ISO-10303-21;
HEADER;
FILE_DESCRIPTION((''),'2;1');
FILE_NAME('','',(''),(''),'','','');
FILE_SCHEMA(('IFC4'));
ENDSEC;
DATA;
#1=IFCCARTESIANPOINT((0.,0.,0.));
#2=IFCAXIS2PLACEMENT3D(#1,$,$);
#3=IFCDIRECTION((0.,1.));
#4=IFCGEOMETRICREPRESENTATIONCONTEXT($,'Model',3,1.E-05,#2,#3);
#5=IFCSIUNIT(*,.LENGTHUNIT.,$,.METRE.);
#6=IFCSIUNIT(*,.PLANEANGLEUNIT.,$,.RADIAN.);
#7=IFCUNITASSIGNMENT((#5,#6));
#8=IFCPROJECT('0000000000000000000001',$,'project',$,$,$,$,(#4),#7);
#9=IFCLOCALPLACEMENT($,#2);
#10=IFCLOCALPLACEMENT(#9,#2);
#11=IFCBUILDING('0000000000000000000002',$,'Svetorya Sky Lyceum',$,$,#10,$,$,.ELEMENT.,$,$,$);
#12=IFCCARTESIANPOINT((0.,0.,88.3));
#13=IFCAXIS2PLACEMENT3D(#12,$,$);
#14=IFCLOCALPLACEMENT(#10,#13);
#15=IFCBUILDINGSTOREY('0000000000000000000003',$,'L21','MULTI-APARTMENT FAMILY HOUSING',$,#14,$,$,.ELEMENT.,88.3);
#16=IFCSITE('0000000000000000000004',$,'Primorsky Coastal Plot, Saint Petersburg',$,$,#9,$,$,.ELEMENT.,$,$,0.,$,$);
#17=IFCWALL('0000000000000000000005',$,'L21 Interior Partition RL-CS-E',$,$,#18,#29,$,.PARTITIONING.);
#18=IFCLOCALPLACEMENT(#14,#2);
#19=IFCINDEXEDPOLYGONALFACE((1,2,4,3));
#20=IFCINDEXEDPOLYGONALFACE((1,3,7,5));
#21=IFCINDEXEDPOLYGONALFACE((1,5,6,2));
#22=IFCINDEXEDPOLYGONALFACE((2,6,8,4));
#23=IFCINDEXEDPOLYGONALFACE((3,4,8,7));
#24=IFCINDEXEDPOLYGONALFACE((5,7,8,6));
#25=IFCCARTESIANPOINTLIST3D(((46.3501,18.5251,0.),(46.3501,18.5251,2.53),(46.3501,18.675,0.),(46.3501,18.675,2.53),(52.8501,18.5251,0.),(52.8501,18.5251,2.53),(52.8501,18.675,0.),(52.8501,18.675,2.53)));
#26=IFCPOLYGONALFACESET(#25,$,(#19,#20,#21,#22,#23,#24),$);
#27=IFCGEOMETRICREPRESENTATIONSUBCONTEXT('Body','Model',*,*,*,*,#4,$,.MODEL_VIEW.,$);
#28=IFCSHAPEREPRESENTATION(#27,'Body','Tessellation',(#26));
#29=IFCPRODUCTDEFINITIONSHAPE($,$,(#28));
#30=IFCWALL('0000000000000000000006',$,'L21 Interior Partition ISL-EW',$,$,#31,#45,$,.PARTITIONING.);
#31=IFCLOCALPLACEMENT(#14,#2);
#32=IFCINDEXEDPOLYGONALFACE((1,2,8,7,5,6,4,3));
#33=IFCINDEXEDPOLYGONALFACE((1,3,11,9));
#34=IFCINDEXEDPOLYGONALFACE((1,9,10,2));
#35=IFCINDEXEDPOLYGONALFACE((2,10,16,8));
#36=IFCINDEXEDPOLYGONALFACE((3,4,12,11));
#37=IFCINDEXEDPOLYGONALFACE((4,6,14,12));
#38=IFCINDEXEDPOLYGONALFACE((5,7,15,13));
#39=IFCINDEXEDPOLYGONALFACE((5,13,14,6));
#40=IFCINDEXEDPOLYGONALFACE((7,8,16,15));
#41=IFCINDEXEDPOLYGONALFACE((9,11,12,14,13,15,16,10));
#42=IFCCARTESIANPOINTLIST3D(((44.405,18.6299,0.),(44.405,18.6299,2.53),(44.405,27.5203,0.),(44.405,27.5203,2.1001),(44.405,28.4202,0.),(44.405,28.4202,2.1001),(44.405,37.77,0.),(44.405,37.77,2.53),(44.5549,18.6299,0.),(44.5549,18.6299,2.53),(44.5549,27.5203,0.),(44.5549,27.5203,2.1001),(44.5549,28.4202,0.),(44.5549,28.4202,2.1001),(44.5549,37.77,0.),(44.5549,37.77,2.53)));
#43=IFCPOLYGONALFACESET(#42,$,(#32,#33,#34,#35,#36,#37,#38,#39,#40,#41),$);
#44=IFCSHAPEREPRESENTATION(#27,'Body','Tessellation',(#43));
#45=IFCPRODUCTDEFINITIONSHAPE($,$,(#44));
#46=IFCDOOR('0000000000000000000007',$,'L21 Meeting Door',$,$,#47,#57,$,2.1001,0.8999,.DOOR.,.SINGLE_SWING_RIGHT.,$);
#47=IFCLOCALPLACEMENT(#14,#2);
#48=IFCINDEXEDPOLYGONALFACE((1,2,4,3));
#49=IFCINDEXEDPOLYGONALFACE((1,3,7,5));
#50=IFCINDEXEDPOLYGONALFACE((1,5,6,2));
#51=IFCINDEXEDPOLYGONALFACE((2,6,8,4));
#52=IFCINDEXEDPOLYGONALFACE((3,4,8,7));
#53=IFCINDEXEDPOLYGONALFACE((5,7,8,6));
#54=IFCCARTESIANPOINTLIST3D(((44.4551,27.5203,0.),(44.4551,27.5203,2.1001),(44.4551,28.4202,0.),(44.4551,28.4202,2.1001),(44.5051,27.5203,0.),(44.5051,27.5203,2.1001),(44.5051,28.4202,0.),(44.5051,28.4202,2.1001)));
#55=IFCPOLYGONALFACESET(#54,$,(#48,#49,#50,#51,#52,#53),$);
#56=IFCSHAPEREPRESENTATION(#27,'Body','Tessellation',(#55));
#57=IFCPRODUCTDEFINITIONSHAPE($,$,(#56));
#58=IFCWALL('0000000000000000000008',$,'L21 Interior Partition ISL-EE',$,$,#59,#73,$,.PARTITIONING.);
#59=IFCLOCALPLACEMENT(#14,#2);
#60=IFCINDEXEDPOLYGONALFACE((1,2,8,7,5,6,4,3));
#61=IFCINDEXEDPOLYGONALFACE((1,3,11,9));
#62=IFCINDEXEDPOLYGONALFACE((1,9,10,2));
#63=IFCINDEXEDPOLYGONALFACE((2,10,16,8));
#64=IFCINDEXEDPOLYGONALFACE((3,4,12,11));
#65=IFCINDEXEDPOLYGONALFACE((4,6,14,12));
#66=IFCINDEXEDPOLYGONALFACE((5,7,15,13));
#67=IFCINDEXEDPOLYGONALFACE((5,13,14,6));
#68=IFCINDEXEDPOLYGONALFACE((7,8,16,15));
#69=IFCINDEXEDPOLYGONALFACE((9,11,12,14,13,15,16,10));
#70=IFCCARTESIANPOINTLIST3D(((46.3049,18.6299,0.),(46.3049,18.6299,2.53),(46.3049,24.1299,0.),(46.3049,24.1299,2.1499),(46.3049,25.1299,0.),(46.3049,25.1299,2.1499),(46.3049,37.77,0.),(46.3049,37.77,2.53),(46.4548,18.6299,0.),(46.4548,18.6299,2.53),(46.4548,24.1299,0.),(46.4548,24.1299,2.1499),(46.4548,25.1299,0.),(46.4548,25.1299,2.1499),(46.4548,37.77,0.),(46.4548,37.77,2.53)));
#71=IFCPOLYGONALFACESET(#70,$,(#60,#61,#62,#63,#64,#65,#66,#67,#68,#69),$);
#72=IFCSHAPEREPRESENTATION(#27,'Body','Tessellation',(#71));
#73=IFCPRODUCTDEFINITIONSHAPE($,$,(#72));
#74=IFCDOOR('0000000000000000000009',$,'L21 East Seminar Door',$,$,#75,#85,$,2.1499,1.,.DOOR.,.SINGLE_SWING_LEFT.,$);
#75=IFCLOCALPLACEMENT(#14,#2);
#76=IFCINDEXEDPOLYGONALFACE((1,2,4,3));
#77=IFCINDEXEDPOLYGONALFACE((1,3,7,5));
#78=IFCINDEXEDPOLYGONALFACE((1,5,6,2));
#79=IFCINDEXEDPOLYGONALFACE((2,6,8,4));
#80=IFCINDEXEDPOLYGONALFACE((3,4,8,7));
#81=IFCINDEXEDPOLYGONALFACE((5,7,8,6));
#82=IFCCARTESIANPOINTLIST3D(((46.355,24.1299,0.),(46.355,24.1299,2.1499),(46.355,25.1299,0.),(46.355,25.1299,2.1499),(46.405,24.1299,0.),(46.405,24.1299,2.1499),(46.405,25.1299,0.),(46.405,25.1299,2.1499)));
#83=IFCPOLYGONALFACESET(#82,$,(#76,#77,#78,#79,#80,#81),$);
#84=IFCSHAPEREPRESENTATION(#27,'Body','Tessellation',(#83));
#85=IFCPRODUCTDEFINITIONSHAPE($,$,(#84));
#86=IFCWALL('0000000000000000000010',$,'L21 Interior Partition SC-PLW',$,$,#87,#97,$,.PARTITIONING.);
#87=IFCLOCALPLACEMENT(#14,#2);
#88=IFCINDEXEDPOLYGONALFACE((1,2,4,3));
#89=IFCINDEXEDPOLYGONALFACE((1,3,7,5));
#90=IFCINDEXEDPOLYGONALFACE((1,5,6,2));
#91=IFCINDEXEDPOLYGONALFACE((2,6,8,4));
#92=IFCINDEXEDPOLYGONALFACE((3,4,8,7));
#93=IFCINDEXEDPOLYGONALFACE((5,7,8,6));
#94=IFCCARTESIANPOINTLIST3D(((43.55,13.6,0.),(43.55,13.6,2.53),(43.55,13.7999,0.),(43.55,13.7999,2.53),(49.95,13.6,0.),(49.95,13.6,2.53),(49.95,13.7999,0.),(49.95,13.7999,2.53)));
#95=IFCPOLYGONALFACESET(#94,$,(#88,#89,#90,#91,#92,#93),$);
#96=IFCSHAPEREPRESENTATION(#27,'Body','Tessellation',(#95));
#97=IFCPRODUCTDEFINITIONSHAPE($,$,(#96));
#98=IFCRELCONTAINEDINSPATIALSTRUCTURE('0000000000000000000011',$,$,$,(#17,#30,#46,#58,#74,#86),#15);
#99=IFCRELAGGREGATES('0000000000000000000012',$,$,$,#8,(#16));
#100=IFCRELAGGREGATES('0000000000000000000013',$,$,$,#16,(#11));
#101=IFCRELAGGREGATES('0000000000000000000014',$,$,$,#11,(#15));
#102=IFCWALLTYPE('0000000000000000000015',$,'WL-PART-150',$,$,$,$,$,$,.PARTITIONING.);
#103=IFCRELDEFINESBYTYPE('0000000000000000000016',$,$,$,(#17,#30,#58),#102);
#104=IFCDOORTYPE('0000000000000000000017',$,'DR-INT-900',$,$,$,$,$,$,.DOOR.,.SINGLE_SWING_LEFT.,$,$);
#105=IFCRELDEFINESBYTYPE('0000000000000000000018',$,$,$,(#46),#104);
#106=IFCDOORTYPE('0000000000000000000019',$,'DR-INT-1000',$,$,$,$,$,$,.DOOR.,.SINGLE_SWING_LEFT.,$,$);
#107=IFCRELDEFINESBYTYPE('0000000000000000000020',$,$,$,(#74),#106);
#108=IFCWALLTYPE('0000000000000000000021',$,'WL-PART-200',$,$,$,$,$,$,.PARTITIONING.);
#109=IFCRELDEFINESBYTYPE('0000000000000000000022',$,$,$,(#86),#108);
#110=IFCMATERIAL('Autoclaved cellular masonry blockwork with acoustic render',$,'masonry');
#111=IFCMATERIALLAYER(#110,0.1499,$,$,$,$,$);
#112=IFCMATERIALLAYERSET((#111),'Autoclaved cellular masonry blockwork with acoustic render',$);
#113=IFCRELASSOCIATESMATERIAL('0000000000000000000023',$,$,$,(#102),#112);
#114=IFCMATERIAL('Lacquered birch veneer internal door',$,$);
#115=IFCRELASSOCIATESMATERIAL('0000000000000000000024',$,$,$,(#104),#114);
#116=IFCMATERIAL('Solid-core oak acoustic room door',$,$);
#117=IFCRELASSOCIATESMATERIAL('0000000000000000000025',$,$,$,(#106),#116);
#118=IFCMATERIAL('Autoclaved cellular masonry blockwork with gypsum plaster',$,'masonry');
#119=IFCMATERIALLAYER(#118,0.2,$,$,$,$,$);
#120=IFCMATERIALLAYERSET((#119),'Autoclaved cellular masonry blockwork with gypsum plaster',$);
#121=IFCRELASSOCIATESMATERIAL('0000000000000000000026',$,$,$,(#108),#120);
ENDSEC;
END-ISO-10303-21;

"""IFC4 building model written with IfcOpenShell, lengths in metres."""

from ifc_helpers import new_model, si_unit, direction, frame, frame_2d, origin, place, context, subcontext, project, spatial, rectangle, extrude, material, layer, layer_set, type_object, element, fill, save


model = new_model("IFC4")

# Units and contexts
model_context = context("Model", 3, precision=1e-05, world=origin(), true_north=direction((0.0, 1.0)))
body_context = subcontext(model_context, "Body", "Model", "MODEL_VIEW")
ifc_project = project(units=[si_unit("LENGTHUNIT", "METRE"), si_unit("PLANEANGLEUNIT", "RADIAN")], contexts=[model_context])

# Site, building, storey
site_placement = place(None, origin())
site = spatial("IfcSite", under=ifc_project, at=site_placement, Name="Primorsky Coastal Plot, Saint Petersburg", CompositionType="ELEMENT", RefElevation=0.0)
building_placement = place(site_placement, origin())
building = spatial("IfcBuilding", under=site, at=building_placement, Name="Svetorya Sky Lyceum", CompositionType="ELEMENT")
storey_placement = place(building_placement, frame((0.0, 0.0, 88.3)))
storey = spatial("IfcBuildingStorey", under=building, at=storey_placement, Name="L21", Description="MULTI-APARTMENT FAMILY HOUSING", CompositionType="ELEMENT", Elevation=88.3)

# Wall
ifc_material_1 = material(Name="Autoclaved cellular masonry blockwork with acoustic render", Category="masonry")
ifc_layer_1 = layer(ifc_material_1, 0.1499)
ifc_layer_set_1 = layer_set([ifc_layer_1], Name="Autoclaved cellular masonry blockwork with acoustic render")
wall_type_1 = type_object("IfcWallType", Name="WL-PART-150", PredefinedType="PARTITIONING", material=ifc_layer_set_1)
wall_1_placement = place(storey_placement, frame((46.3501, 18.6001, 0.0), z_axis=(0.0, 0.0, 1.0), x_axis=(1.0, 0.0, 0.0)))
element("IfcWall", 1, at=wall_1_placement, inside=storey, type_object=wall_type_1, Name="L21 Interior Partition RL-CS-E", PredefinedType="PARTITIONING", context=body_context, shape_type="SweptSolid", body=[
    extrude(rectangle(XDim=6.5, YDim=0.1499, at=frame_2d((3.25, 0.0))), origin(), (0.0, 0.0, 1.0), 2.53),
])

# Walls, openings, doors
wall_2_placement = place(storey_placement, frame((44.48, 18.6299, 0.0), z_axis=(0.0, 0.0, 1.0), x_axis=(0.0, 1.0, 0.0)))
wall_2 = element("IfcWall", 2, at=wall_2_placement, inside=storey, type_object=wall_type_1, Name="L21 Interior Partition ISL-EW", PredefinedType="PARTITIONING", context=body_context, shape_type="SweptSolid", body=[
    extrude(rectangle(XDim=19.1401, YDim=0.1499, at=frame_2d((9.5701, 0.0))), origin(), (0.0, 0.0, 1.0), 2.53),
])
opening_1_placement = place(wall_2_placement, frame((8.8904, 0.0, 0.0)))
opening_1 = element("IfcOpeningElement", 3, at=opening_1_placement, cuts=wall_2, PredefinedType="OPENING", context=body_context, shape_type="SweptSolid", body=[
    extrude(rectangle(XDim=0.8999, YDim=2.1001, at=frame_2d((0.45, 1.05))), frame((0.0, 0.085, 0.0), z_axis=(0.0, -1.0, 0.0), x_axis=(1.0, 0.0, 0.0)), (0.0, 0.0, 1.0), 0.1699),
])
ifc_material_2 = material(Name="Lacquered birch veneer internal door")
door_type_1 = type_object("IfcDoorType", Name="DR-INT-900", OperationType="SINGLE_SWING_LEFT", PredefinedType="DOOR", material=ifc_material_2)
door_1_placement = place(opening_1_placement, origin())
door_1 = element("IfcDoor", 4, at=door_1_placement, inside=storey, type_object=door_type_1, Name="L21 Meeting Door", OperationType="SINGLE_SWING_RIGHT", OverallHeight=2.1001, OverallWidth=0.8999, PredefinedType="DOOR", context=body_context, shape_type="SweptSolid", body=[
    extrude(rectangle(XDim=0.8999, YDim=2.1001, at=frame_2d((0.45, 1.05))), frame((0.0, 0.0249, 0.0), z_axis=(0.0, -1.0, 0.0), x_axis=(1.0, 0.0, 0.0)), (0.0, 0.0, 1.0), 0.05),
])
fill(opening_1, door_1)
wall_3_placement = place(storey_placement, frame((46.3799, 18.6299, 0.0), z_axis=(0.0, 0.0, 1.0), x_axis=(0.0, 1.0, 0.0)))
wall_3 = element("IfcWall", 5, at=wall_3_placement, inside=storey, type_object=wall_type_1, Name="L21 Interior Partition ISL-EE", PredefinedType="PARTITIONING", context=body_context, shape_type="SweptSolid", body=[
    extrude(rectangle(XDim=19.1401, YDim=0.1499, at=frame_2d((9.5701, 0.0))), origin(), (0.0, 0.0, 1.0), 2.53),
])
opening_2_placement = place(wall_3_placement, frame((5.5, 0.0, 0.0)))
opening_2 = element("IfcOpeningElement", 6, at=opening_2_placement, cuts=wall_3, PredefinedType="OPENING", context=body_context, shape_type="SweptSolid", body=[
    extrude(rectangle(XDim=1.0, YDim=2.1499, at=frame_2d((0.5, 1.075))), frame((0.0, 0.085, 0.0), z_axis=(0.0, -1.0, 0.0), x_axis=(1.0, 0.0, 0.0)), (0.0, 0.0, 1.0), 0.1699),
])
ifc_material_3 = material(Name="Solid-core oak acoustic room door")
door_type_2 = type_object("IfcDoorType", Name="DR-INT-1000", OperationType="SINGLE_SWING_LEFT", PredefinedType="DOOR", material=ifc_material_3)
door_2_placement = place(opening_2_placement, origin())
door_2 = element("IfcDoor", 7, at=door_2_placement, inside=storey, type_object=door_type_2, Name="L21 East Seminar Door", OperationType="SINGLE_SWING_LEFT", OverallHeight=2.1499, OverallWidth=1.0, PredefinedType="DOOR", context=body_context, shape_type="SweptSolid", body=[
    extrude(rectangle(XDim=1.0, YDim=2.1499, at=frame_2d((0.5, 1.075))), frame((0.0, 0.0249, 0.0), z_axis=(0.0, -1.0, 0.0), x_axis=(1.0, 0.0, 0.0)), (0.0, 0.0, 1.0), 0.05),
])
fill(opening_2, door_2)

# Shared definitions
ifc_material_4 = material(Name="Autoclaved cellular masonry blockwork with gypsum plaster", Category="masonry")
ifc_layer_2 = layer(ifc_material_4, 0.2)
ifc_layer_set_2 = layer_set([ifc_layer_2], Name="Autoclaved cellular masonry blockwork with gypsum plaster")
wall_type_2 = type_object("IfcWallType", Name="WL-PART-200", PredefinedType="PARTITIONING", material=ifc_layer_set_2)

# Wall
wall_4_placement = place(storey_placement, frame((43.55, 13.7, 0.0), z_axis=(0.0, 0.0, 1.0), x_axis=(1.0, 0.0, 0.0)))
element("IfcWall", 8, at=wall_4_placement, inside=storey, type_object=wall_type_2, Name="L21 Interior Partition SC-PLW", PredefinedType="PARTITIONING", context=body_context, shape_type="SweptSolid", body=[
    extrude(rectangle(XDim=6.3999, YDim=0.2, at=frame_2d((3.2, 0.0))), origin(), (0.0, 0.0, 1.0), 2.53),
])

save(model, "model.ifc")
